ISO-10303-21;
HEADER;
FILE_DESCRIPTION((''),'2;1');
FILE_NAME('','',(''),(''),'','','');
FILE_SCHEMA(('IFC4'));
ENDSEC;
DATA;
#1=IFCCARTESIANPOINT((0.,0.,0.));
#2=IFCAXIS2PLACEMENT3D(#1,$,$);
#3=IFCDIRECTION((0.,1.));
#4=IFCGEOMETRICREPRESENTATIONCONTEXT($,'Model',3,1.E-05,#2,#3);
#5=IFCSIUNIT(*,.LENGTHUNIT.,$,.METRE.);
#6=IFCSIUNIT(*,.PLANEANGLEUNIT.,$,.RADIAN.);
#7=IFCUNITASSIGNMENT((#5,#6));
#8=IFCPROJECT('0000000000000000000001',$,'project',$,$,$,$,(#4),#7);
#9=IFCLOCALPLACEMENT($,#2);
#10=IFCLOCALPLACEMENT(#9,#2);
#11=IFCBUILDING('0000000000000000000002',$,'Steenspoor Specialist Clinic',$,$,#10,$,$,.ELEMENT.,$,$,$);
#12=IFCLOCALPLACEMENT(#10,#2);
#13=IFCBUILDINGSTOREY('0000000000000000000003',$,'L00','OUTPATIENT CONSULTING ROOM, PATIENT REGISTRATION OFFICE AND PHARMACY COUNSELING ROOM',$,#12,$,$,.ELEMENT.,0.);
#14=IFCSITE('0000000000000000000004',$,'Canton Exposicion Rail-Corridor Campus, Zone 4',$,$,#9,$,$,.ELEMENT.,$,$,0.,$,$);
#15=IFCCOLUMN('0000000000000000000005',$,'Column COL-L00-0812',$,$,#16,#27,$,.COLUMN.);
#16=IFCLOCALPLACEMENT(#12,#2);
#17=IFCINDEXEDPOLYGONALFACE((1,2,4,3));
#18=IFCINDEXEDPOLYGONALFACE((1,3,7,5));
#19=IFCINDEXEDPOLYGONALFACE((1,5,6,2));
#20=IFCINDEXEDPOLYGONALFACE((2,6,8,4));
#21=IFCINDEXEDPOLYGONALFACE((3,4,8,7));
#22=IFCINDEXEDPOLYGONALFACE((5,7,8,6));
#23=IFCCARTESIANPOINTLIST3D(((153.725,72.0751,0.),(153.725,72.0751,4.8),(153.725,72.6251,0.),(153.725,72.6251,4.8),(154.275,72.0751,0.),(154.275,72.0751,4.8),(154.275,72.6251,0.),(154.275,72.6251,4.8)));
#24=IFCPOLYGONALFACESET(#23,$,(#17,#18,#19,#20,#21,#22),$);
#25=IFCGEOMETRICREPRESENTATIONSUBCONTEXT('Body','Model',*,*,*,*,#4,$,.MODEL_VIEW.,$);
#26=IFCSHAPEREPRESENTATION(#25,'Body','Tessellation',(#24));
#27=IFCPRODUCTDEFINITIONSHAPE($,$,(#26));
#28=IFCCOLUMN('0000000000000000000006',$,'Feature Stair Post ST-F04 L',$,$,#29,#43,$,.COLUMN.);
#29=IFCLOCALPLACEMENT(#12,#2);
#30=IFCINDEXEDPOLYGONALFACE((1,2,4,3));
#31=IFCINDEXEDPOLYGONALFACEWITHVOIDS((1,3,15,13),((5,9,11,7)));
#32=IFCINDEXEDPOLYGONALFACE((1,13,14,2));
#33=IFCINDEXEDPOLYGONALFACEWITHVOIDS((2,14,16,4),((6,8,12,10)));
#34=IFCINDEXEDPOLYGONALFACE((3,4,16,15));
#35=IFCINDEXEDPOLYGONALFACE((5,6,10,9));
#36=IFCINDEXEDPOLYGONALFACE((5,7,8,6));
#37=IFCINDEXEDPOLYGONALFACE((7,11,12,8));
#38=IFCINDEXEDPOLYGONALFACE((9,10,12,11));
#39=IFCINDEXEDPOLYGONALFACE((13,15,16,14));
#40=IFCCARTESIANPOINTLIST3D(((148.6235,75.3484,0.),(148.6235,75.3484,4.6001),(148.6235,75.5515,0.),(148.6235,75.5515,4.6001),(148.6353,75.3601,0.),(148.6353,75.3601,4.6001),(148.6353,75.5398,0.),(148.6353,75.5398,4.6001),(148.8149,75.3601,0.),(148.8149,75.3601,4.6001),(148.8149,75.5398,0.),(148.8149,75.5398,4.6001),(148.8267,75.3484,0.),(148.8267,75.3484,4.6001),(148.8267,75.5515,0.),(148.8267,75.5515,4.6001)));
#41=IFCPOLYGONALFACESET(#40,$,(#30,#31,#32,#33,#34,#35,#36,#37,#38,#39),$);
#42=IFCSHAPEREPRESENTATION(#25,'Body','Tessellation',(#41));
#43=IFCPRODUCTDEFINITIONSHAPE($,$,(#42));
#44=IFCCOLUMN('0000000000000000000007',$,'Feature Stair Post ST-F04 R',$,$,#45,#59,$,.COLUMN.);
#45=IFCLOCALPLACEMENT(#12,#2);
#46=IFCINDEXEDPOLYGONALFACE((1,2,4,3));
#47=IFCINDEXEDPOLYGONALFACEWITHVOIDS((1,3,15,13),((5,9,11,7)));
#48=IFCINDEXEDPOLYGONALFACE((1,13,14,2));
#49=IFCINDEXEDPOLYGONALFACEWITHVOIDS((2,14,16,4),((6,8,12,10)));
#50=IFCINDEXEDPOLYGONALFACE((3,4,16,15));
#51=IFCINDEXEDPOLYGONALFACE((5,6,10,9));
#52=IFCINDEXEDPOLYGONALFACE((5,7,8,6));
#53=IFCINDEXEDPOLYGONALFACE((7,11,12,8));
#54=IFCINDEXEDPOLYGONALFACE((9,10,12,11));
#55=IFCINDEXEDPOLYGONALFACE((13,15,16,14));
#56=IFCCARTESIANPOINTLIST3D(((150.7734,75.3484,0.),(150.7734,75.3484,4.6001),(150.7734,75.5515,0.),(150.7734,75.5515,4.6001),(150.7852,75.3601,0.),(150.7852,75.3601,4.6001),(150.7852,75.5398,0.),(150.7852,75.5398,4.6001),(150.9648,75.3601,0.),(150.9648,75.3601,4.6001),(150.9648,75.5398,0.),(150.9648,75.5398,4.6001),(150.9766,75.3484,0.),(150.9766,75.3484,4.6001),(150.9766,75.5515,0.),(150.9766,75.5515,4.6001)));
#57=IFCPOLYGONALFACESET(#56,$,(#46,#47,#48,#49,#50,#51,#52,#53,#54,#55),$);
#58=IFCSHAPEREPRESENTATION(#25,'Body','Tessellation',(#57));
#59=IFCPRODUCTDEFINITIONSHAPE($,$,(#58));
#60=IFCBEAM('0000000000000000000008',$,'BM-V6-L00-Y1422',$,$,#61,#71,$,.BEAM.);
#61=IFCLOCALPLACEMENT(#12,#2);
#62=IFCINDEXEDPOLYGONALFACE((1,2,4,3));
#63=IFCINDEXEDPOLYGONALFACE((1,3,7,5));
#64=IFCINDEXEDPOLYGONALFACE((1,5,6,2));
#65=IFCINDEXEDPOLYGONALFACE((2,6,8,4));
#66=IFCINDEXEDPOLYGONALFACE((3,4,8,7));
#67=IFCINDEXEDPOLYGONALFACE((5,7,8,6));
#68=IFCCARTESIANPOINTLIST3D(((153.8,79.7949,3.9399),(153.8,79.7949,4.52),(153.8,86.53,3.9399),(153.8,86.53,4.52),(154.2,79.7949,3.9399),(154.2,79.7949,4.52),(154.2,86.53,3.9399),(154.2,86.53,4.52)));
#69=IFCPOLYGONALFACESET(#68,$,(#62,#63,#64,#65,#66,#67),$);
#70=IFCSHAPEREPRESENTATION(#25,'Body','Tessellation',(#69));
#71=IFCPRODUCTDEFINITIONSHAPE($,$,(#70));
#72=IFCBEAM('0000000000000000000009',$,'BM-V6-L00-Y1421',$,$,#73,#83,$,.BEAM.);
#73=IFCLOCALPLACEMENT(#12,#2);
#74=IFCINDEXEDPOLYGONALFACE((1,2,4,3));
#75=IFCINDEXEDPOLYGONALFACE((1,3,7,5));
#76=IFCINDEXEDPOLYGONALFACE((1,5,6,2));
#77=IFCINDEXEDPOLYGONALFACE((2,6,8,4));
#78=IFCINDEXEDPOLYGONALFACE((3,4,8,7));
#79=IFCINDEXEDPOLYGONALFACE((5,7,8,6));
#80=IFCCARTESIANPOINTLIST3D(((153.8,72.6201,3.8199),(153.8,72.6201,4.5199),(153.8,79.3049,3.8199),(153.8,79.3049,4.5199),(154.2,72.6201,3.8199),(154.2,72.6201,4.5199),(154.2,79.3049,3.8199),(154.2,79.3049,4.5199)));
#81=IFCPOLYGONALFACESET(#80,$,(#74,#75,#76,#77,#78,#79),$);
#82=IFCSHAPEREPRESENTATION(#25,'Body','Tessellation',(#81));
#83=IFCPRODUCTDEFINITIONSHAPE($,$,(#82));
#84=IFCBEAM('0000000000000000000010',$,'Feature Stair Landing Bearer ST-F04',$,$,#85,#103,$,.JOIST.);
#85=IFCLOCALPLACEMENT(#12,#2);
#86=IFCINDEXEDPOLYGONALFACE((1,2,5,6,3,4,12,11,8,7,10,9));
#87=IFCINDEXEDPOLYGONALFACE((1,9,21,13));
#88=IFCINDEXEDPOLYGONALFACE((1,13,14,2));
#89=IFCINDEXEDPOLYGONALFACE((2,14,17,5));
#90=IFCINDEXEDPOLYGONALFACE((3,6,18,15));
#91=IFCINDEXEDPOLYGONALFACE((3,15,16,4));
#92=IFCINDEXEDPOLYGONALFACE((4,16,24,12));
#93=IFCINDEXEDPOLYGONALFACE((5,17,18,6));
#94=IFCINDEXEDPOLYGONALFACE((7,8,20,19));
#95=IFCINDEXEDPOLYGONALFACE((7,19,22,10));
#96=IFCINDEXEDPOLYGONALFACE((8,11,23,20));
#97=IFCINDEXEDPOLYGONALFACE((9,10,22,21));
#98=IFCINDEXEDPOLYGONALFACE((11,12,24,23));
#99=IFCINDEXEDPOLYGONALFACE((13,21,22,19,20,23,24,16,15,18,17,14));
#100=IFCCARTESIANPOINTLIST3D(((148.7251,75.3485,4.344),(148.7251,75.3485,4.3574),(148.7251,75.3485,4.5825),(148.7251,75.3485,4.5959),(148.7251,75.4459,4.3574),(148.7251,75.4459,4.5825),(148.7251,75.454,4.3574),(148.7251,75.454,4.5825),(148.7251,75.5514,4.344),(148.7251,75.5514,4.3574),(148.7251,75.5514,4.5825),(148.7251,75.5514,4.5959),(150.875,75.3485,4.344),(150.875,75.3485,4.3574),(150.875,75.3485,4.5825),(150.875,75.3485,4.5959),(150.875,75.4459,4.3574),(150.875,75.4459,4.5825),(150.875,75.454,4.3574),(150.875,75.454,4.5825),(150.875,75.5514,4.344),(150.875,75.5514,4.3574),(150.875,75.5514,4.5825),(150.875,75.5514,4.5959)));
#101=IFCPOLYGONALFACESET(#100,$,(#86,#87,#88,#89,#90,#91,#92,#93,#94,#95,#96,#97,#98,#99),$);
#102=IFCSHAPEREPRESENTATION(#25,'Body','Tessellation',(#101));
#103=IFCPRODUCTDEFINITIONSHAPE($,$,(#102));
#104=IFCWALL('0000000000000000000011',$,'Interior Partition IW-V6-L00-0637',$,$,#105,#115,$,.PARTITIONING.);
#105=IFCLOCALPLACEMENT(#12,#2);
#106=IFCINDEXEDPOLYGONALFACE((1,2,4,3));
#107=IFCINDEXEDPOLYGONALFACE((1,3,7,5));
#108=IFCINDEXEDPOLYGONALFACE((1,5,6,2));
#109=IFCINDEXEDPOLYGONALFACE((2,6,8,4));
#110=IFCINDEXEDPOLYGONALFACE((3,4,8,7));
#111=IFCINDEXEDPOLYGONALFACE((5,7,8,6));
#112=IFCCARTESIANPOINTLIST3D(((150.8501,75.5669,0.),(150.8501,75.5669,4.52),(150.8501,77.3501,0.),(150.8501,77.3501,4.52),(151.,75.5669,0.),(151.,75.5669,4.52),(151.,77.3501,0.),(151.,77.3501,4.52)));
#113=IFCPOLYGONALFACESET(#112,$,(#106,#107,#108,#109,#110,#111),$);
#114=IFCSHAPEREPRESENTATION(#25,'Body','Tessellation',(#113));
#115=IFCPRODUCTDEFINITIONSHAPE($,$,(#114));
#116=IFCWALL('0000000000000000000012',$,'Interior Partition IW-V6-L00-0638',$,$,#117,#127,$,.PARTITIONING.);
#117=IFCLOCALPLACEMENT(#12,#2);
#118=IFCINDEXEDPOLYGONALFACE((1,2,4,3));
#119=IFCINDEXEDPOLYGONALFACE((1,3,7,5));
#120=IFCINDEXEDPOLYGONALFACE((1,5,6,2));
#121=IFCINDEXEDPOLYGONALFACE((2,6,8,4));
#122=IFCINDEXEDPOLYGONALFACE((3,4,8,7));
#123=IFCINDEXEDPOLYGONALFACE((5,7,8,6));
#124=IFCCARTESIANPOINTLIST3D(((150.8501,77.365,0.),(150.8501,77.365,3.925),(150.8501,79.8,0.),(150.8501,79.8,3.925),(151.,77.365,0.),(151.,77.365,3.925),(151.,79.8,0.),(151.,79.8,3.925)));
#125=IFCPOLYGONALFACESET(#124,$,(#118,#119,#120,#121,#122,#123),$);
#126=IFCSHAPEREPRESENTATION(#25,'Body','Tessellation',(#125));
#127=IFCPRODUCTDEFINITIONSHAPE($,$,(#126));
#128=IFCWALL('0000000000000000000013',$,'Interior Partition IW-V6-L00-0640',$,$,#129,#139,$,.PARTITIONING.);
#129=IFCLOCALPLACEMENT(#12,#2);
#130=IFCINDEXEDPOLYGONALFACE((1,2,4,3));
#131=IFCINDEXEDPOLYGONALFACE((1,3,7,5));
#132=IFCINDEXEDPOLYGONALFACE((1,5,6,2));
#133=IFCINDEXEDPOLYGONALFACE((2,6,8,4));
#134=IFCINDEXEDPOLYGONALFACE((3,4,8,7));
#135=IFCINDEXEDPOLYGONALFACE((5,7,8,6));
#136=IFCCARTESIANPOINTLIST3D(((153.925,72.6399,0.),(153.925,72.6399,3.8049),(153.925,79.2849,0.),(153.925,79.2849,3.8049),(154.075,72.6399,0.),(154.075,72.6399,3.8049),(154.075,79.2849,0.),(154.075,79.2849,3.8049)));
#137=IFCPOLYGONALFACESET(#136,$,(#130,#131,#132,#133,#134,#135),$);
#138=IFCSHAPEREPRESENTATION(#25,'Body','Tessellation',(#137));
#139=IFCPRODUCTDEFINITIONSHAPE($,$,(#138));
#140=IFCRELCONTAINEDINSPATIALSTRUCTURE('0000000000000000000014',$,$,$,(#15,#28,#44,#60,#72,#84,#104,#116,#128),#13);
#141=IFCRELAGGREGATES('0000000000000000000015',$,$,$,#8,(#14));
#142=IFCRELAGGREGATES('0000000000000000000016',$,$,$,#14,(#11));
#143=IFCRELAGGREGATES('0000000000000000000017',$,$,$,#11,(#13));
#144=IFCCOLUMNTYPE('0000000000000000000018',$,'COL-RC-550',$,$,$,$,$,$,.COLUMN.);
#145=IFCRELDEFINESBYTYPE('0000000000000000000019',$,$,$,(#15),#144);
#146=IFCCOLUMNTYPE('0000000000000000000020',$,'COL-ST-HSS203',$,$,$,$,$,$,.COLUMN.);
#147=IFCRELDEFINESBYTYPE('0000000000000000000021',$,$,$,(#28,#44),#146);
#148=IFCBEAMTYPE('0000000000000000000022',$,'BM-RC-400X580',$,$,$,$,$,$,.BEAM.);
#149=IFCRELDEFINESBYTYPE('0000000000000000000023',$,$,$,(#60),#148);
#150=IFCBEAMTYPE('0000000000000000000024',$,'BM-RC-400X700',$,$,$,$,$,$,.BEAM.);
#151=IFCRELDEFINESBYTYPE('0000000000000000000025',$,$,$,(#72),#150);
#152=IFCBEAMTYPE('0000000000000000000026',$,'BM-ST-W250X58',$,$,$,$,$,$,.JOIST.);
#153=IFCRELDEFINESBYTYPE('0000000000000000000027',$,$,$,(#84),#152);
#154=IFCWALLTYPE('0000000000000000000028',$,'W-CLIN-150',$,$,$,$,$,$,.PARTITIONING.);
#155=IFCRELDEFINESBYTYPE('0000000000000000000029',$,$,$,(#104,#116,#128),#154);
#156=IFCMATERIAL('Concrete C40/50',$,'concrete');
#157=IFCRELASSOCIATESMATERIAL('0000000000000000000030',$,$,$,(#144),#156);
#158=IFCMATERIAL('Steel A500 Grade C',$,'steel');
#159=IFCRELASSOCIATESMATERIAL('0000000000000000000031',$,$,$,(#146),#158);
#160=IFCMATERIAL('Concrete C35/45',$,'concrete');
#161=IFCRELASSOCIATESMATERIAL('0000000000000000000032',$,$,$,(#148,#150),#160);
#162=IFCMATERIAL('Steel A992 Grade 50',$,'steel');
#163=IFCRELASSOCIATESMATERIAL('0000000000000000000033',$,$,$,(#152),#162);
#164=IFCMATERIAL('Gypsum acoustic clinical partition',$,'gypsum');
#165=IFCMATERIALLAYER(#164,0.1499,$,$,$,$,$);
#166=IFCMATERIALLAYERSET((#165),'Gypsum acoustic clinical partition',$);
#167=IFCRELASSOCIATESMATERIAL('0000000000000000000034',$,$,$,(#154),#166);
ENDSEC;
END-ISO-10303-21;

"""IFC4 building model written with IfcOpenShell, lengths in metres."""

from ifc_helpers import new_model, si_unit, direction, frame, frame_2d, origin, origin_2d, place, context, subcontext, project, spatial, rectangle, hollow_rectangle, i_section, extrude, material, layer, layer_set, material_profile, profile_set, type_object, element, save


model = new_model("IFC4")

# Units and contexts
model_context = context("Model", 3, precision=1e-05, world=origin(), true_north=direction((0.0, 1.0)))
body_context = subcontext(model_context, "Body", "Model", "MODEL_VIEW")
ifc_project = project(units=[si_unit("LENGTHUNIT", "METRE"), si_unit("PLANEANGLEUNIT", "RADIAN")], contexts=[model_context])

# Site, building, storey
site_placement = place(None, origin())
site = spatial("IfcSite", under=ifc_project, at=site_placement, Name="Canton Exposicion Rail-Corridor Campus, Zone 4", CompositionType="ELEMENT", RefElevation=0.0)
building_placement = place(site_placement, origin())
building = spatial("IfcBuilding", under=site, at=building_placement, Name="Steenspoor Specialist Clinic", CompositionType="ELEMENT")
storey_placement = place(building_placement, origin())
storey = spatial("IfcBuildingStorey", under=building, at=storey_placement, Name="L00", Description="OUTPATIENT CONSULTING ROOM, PATIENT REGISTRATION OFFICE AND PHARMACY COUNSELING ROOM", CompositionType="ELEMENT", Elevation=0.0)

# Shared definitions
ifc_material_1 = material(Name="Concrete C35/45", Category="concrete")

# Columns
ifc_material_2 = material(Name="Concrete C40/50", Category="concrete")
ifc_material_profile_1 = material_profile(ifc_material_2, rectangle(XDim=0.55, YDim=0.55, at=origin_2d()), Name="RC-COL-550X550")
ifc_profile_set_1 = profile_set([ifc_material_profile_1], Name="Concrete C40/50")
column_type_1 = type_object("IfcColumnType", Name="COL-RC-550", PredefinedType="COLUMN", material=ifc_profile_set_1)
column_1_placement = place(storey_placement, frame((154.0, 72.3501, 0.0), z_axis=(0.0, 0.0, 1.0), x_axis=(1.0, 0.0, 0.0)))
element("IfcColumn", 1, at=column_1_placement, inside=storey, type_object=column_type_1, Name="Column COL-L00-0812", PredefinedType="COLUMN", context=body_context, shape_type="SweptSolid", body=[
    extrude(rectangle(XDim=0.55, YDim=0.55, at=origin_2d()), origin(), (0.0, 0.0, 1.0), 4.8),
])
ifc_material_3 = material(Name="Steel A500 Grade C", Category="steel")
ifc_material_profile_2 = material_profile(ifc_material_3, hollow_rectangle(XDim=0.2031, YDim=0.2031, WallThickness=0.0117, at=origin_2d()), Name="HSS203X203X12.7")
ifc_profile_set_2 = profile_set([ifc_material_profile_2], Name="Steel A500 Grade C")
column_type_2 = type_object("IfcColumnType", Name="COL-ST-HSS203", PredefinedType="COLUMN", material=ifc_profile_set_2)
for number, where, z_axis, x_axis, name in (
    (2, (148.7251, 75.45, 0.0), (0.0, 0.0, 1.0), (1.0, 0.0, 0.0), "Feature Stair Post ST-F04 L"),
    (3, (150.875, 75.45, 0.0), (0.0, 0.0, 1.0), (1.0, 0.0, 0.0), "Feature Stair Post ST-F04 R"),
):
    element("IfcColumn", number, at=place(storey_placement, frame(where, z_axis=z_axis, x_axis=x_axis)), inside=storey, type_object=column_type_2, Name=name, PredefinedType="COLUMN", context=body_context, shape_type="SweptSolid", body=[
        extrude(hollow_rectangle(XDim=0.2031, YDim=0.2031, WallThickness=0.0117, at=origin_2d()), origin(), (0.0, 0.0, 1.0), 4.6001),
    ])

# Beams
ifc_material_profile_3 = material_profile(ifc_material_1, rectangle(XDim=0.3999, YDim=0.5801, at=origin_2d()), Name="RC-BM-400X580")
ifc_profile_set_3 = profile_set([ifc_material_profile_3], Name="Concrete C35/45")
beam_type_1 = type_object("IfcBeamType", Name="BM-RC-400X580", PredefinedType="BEAM", material=ifc_profile_set_3)
beam_1_placement = place(storey_placement, frame((154.0, 79.7949, 4.23), z_axis=(0.0, 1.0, 0.0), x_axis=(-1.0, 0.0, 0.0)))
element("IfcBeam", 4, at=beam_1_placement, inside=storey, type_object=beam_type_1, Name="BM-V6-L00-Y1422", PredefinedType="BEAM", context=body_context, shape_type="SweptSolid", body=[
    extrude(rectangle(XDim=0.3999, YDim=0.5801, at=origin_2d()), origin(), (0.0, 0.0, 1.0), 6.7351),
])
ifc_material_profile_4 = material_profile(ifc_material_1, rectangle(XDim=0.3999, YDim=0.7, at=origin_2d()), Name="RC-BM-400X700")
ifc_profile_set_4 = profile_set([ifc_material_profile_4], Name="Concrete C35/45")
beam_type_2 = type_object("IfcBeamType", Name="BM-RC-400X700", PredefinedType="BEAM", material=ifc_profile_set_4)
beam_2_placement = place(storey_placement, frame((154.0, 72.6201, 4.1699), z_axis=(0.0, 1.0, 0.0), x_axis=(-1.0, 0.0, 0.0)))
element("IfcBeam", 5, at=beam_2_placement, inside=storey, type_object=beam_type_2, Name="BM-V6-L00-Y1421", PredefinedType="BEAM", context=body_context, shape_type="SweptSolid", body=[
    extrude(rectangle(XDim=0.3999, YDim=0.7, at=origin_2d()), origin(), (0.0, 0.0, 1.0), 6.6848),
])
ifc_material_4 = material(Name="Steel A992 Grade 50", Category="steel")
ifc_material_profile_5 = material_profile(ifc_material_4, i_section(OverallWidth=0.2029, OverallDepth=0.252, WebThickness=0.0081, FlangeThickness=0.0134, at=origin_2d()), Name="W250X58")
ifc_profile_set_5 = profile_set([ifc_material_profile_5], Name="Steel A992 Grade 50")
beam_type_3 = type_object("IfcBeamType", Name="BM-ST-W250X58", PredefinedType="JOIST", material=ifc_profile_set_5)
beam_3_placement = place(storey_placement, frame((148.7251, 75.45, 4.47), z_axis=(1.0, 0.0, 0.0), x_axis=(0.0, 1.0, 0.0)))
element("IfcBeam", 6, at=beam_3_placement, inside=storey, type_object=beam_type_3, Name="Feature Stair Landing Bearer ST-F04", PredefinedType="JOIST", context=body_context, shape_type="SweptSolid", body=[
    extrude(i_section(OverallWidth=0.2029, OverallDepth=0.252, WebThickness=0.0081, FlangeThickness=0.0134, at=origin_2d()), origin(), (0.0, 0.0, 1.0), 2.1499),
])

# Walls
ifc_material_5 = material(Name="Gypsum acoustic clinical partition", Category="gypsum")
ifc_layer = layer(ifc_material_5, 0.1499)
ifc_layer_set = layer_set([ifc_layer], Name="Gypsum acoustic clinical partition")
wall_type = type_object("IfcWallType", Name="W-CLIN-150", PredefinedType="PARTITIONING", material=ifc_layer_set)
wall_1_placement = place(storey_placement, frame((150.925, 75.5669, 0.0), z_axis=(0.0, 0.0, 1.0), x_axis=(0.0, 1.0, 0.0)))
element("IfcWall", 7, at=wall_1_placement, inside=storey, type_object=wall_type, Name="Interior Partition IW-V6-L00-0637", PredefinedType="PARTITIONING", context=body_context, shape_type="SweptSolid", body=[
    extrude(rectangle(XDim=1.7832, YDim=0.1499, at=frame_2d((0.8916, 0.0))), origin(), (0.0, 0.0, 1.0), 4.52),
])
wall_2_placement = place(storey_placement, frame((150.925, 77.365, 0.0), z_axis=(0.0, 0.0, 1.0), x_axis=(0.0, 1.0, 0.0)))
element("IfcWall", 8, at=wall_2_placement, inside=storey, type_object=wall_type, Name="Interior Partition IW-V6-L00-0638", PredefinedType="PARTITIONING", context=body_context, shape_type="SweptSolid", body=[
    extrude(rectangle(XDim=2.4351, YDim=0.1499, at=frame_2d((1.2175, 0.0))), origin(), (0.0, 0.0, 1.0), 3.925),
])
wall_3_placement = place(storey_placement, frame((154.0, 72.6399, 0.0), z_axis=(0.0, 0.0, 1.0), x_axis=(0.0, 1.0, 0.0)))
element("IfcWall", 9, at=wall_3_placement, inside=storey, type_object=wall_type, Name="Interior Partition IW-V6-L00-0640", PredefinedType="PARTITIONING", context=body_context, shape_type="SweptSolid", body=[
    extrude(rectangle(XDim=6.645, YDim=0.1499, at=frame_2d((3.3225, 0.0))), origin(), (0.0, 0.0, 1.0), 3.8049),
])

save(model, "model.ifc")
